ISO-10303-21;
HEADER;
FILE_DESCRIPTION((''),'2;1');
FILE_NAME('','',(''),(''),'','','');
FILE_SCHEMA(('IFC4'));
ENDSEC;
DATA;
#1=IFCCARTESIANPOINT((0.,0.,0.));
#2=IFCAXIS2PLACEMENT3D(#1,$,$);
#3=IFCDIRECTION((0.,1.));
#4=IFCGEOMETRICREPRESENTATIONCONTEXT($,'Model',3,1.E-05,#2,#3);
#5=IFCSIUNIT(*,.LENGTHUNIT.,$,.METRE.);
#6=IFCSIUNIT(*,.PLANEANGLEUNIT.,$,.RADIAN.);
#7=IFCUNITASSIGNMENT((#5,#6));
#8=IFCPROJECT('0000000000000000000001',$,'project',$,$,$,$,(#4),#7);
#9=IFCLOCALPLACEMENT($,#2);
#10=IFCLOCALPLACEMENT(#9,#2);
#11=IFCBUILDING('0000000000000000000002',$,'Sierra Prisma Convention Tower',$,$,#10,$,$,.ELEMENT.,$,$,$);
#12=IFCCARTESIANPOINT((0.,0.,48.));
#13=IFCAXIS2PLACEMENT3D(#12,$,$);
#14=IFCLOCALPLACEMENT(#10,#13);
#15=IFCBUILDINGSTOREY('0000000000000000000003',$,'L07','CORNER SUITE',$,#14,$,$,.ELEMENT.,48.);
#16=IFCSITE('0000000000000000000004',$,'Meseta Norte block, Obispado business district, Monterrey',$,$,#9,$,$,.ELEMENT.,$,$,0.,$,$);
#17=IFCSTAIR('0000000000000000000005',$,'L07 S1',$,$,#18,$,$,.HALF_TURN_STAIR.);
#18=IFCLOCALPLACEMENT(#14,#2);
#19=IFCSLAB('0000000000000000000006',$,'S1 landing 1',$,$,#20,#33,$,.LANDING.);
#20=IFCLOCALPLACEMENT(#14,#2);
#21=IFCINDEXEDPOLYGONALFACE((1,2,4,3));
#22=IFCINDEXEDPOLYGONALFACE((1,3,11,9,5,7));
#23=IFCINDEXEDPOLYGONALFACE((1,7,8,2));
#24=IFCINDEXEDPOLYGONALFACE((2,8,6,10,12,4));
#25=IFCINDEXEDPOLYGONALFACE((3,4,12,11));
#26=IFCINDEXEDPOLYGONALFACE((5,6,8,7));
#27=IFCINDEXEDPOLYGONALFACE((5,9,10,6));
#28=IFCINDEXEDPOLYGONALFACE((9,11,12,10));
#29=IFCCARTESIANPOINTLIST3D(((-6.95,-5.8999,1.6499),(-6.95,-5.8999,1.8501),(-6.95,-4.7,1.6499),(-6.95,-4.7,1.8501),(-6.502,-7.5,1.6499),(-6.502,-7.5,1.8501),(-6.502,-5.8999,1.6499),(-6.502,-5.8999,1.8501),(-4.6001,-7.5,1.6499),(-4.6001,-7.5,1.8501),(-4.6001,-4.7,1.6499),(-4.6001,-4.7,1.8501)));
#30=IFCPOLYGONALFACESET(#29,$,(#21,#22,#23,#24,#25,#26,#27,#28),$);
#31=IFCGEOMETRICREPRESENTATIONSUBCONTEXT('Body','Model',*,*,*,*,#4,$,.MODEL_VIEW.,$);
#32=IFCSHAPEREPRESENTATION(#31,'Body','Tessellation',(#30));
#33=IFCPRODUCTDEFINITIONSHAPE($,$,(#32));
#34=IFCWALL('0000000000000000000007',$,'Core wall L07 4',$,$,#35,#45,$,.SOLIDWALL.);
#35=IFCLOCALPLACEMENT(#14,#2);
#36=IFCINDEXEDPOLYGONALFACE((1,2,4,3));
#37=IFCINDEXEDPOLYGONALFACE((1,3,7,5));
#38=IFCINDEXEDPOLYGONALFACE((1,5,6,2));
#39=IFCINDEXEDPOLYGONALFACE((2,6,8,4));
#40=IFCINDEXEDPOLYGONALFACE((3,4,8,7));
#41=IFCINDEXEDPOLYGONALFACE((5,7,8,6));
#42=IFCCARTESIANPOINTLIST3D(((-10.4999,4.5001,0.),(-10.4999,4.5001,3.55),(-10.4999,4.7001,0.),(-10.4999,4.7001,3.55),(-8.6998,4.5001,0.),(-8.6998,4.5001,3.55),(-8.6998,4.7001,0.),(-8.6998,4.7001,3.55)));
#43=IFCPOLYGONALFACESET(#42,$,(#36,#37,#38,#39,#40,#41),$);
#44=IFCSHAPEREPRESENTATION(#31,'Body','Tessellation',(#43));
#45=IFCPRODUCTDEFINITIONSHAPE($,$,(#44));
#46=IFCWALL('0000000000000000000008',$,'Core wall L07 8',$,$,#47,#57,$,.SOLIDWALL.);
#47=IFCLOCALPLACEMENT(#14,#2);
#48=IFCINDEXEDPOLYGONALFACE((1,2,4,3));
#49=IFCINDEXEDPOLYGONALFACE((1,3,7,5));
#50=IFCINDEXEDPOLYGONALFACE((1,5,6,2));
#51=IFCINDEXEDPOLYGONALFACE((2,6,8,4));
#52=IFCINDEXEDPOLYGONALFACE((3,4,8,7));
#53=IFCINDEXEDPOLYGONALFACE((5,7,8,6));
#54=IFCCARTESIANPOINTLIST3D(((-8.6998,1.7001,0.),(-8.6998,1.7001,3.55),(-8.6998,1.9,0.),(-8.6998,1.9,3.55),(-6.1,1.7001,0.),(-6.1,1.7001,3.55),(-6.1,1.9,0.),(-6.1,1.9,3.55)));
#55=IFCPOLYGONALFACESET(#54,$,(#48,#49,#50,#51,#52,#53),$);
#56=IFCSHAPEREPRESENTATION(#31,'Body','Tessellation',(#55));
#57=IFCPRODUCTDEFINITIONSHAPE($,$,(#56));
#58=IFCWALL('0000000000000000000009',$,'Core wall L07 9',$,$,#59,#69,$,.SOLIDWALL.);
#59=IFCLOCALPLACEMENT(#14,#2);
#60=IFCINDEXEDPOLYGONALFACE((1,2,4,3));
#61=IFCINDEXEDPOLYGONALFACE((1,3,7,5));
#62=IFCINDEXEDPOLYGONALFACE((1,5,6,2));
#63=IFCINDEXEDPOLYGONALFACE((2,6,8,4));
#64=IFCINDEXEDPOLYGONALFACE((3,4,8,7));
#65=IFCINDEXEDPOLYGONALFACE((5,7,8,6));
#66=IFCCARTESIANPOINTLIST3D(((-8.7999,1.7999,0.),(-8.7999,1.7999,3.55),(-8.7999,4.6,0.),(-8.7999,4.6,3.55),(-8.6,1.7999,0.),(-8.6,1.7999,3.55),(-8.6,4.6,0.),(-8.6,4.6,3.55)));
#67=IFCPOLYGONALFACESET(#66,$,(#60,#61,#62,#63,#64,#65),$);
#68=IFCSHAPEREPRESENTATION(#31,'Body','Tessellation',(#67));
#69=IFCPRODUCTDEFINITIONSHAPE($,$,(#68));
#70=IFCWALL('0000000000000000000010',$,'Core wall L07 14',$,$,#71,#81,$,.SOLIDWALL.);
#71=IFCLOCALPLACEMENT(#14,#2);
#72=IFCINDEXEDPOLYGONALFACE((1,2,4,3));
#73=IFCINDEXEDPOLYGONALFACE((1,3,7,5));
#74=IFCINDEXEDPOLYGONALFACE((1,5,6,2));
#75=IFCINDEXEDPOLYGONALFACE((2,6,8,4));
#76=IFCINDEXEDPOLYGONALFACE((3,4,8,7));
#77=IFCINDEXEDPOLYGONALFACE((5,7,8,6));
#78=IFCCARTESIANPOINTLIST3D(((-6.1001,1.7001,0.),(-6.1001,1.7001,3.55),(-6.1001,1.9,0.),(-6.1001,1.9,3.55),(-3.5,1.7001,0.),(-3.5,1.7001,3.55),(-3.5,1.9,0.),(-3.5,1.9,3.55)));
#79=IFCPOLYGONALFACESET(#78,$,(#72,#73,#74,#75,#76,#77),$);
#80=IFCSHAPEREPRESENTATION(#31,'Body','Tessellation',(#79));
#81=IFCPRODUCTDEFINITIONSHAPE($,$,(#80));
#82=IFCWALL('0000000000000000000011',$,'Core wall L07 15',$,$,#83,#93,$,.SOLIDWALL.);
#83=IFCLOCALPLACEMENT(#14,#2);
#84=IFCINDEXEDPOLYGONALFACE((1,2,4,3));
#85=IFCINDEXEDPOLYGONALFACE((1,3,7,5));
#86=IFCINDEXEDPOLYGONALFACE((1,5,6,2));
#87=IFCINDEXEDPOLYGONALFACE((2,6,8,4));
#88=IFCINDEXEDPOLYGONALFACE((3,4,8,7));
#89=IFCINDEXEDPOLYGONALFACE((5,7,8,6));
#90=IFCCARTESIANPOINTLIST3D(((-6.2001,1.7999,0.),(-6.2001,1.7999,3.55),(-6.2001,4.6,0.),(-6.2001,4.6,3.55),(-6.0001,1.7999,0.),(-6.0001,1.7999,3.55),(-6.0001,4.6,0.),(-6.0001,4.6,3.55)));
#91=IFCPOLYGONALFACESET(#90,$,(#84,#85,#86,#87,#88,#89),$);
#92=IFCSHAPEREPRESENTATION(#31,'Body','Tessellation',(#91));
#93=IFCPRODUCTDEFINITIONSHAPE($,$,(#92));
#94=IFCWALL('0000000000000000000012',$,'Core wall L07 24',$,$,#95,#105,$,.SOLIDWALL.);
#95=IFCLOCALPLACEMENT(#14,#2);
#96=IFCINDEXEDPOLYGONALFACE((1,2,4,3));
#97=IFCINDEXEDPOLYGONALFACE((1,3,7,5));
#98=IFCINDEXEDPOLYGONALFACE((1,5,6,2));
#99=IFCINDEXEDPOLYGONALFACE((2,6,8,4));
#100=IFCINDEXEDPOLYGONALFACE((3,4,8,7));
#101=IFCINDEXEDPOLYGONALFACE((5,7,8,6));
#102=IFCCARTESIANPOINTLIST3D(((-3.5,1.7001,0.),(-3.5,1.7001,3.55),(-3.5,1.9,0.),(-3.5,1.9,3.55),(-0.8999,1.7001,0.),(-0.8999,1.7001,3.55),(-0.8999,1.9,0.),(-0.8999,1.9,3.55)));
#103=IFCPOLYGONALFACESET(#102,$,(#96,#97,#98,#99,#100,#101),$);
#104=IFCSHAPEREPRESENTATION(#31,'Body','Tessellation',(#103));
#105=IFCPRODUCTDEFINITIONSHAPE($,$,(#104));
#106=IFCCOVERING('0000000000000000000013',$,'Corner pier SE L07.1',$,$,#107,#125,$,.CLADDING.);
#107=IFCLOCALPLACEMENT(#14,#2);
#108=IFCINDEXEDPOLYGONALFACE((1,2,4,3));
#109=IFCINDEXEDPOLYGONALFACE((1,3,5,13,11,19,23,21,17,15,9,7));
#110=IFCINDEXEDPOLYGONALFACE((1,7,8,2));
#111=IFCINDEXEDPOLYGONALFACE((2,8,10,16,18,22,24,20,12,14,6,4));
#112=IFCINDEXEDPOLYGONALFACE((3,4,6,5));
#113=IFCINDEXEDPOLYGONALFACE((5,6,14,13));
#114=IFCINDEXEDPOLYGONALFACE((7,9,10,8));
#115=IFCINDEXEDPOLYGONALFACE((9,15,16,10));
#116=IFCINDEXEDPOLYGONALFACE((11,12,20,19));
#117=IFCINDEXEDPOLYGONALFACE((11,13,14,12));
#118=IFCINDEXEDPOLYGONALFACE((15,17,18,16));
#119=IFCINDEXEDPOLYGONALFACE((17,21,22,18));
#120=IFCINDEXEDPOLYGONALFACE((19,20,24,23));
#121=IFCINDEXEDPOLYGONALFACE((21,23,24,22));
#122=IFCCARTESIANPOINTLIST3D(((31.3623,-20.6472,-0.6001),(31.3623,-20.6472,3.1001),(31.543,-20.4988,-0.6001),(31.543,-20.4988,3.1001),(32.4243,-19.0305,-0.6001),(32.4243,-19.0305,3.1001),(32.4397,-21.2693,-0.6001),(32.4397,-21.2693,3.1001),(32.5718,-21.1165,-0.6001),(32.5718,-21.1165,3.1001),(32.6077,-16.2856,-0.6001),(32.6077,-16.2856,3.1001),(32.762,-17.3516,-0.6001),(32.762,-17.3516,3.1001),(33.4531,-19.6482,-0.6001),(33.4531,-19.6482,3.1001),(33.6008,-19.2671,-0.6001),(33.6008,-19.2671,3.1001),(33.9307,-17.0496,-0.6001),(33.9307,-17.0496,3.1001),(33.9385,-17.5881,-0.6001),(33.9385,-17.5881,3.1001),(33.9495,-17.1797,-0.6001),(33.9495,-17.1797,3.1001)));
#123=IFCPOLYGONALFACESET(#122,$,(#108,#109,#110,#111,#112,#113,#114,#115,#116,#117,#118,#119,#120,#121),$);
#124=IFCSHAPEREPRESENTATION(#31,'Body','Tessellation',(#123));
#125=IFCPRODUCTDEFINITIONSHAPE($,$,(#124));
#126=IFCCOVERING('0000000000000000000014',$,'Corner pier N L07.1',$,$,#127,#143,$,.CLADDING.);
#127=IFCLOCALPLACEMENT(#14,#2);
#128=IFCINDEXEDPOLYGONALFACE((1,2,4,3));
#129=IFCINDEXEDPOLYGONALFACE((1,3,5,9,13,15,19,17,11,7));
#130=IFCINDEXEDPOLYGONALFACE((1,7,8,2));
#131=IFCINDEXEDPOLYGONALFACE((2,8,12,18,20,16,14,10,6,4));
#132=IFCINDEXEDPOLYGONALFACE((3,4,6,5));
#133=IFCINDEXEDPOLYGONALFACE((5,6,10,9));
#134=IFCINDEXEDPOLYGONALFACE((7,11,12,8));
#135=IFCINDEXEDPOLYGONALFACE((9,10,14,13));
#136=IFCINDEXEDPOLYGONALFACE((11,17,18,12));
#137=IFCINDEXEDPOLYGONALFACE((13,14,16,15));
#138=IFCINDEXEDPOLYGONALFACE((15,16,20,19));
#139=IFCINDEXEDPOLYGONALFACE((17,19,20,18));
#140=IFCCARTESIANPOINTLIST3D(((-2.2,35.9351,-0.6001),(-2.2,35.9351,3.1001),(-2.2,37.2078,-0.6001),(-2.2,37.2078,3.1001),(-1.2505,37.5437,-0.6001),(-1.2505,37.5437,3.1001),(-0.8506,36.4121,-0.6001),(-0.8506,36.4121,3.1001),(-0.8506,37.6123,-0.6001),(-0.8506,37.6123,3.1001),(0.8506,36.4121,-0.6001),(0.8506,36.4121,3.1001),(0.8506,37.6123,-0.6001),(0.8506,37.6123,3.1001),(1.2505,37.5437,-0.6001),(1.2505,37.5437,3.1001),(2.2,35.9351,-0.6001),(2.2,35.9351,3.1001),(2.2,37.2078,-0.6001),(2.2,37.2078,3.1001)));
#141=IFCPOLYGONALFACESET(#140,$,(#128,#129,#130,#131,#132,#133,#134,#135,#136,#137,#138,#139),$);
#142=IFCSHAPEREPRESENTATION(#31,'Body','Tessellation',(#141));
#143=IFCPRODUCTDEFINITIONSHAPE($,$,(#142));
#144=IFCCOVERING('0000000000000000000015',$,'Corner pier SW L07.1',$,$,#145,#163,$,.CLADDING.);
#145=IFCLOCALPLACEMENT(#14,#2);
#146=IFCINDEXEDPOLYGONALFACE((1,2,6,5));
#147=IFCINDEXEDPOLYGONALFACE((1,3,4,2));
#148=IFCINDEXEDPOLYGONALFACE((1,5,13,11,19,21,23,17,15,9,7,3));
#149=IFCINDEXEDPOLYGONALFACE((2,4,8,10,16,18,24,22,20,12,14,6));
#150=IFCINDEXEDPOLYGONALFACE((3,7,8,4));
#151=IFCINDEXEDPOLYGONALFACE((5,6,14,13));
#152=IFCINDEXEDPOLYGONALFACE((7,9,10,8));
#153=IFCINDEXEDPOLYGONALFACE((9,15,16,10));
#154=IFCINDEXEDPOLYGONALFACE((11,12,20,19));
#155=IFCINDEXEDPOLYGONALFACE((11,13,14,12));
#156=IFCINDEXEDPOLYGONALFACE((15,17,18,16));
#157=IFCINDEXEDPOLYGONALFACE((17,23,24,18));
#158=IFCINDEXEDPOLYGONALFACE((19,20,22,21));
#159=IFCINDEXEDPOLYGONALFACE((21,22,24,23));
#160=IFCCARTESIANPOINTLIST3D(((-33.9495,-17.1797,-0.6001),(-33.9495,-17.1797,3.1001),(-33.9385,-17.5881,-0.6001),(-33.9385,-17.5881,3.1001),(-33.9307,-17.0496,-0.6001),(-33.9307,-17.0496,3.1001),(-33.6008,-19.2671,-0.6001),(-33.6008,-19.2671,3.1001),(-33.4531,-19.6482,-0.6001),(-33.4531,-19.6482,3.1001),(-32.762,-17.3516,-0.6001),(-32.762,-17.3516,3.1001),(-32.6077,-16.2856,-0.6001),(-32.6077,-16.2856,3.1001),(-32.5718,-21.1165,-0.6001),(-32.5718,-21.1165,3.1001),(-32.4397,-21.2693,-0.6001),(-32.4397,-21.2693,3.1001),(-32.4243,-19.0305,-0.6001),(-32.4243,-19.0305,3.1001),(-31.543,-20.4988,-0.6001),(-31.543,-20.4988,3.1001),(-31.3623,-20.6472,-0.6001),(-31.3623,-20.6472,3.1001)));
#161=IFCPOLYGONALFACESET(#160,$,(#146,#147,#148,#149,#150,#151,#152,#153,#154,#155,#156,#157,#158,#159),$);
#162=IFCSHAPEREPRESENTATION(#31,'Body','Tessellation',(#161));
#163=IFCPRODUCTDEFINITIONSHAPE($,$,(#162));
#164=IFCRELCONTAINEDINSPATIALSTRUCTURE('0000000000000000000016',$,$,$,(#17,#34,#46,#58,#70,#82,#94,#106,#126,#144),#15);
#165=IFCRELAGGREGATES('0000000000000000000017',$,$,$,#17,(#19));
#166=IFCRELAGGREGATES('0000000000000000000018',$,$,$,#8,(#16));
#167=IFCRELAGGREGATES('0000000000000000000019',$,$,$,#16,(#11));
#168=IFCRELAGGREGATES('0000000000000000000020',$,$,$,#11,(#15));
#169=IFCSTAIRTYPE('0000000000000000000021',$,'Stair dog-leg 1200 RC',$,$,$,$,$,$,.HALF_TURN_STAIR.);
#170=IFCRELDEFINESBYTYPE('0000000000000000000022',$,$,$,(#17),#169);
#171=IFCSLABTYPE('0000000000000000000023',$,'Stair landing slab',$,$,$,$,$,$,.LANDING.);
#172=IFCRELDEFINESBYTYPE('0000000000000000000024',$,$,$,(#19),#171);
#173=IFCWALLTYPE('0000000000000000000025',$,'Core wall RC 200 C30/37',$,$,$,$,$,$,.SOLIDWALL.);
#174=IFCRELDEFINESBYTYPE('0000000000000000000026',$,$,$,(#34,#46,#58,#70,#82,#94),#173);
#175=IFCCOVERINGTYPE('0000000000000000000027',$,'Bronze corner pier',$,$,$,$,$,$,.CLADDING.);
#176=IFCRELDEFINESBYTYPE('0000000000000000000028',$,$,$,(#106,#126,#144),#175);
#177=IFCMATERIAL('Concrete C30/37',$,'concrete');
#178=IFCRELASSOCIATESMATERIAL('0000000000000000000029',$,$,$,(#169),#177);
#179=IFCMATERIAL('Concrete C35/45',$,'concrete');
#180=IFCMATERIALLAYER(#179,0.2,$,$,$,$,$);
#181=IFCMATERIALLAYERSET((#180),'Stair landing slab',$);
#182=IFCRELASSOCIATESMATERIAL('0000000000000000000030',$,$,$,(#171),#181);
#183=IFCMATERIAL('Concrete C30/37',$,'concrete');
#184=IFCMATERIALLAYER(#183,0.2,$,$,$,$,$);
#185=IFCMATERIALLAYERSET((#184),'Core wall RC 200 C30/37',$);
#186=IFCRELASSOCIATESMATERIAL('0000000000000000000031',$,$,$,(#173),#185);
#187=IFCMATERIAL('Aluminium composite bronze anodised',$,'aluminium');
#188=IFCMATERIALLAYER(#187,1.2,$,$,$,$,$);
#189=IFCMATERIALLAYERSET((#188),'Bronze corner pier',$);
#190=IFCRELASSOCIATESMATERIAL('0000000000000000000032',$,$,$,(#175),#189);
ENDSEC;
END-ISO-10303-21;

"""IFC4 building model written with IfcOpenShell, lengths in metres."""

from ifc_helpers import new_model, si_unit, direction, frame, frame_2d, origin, place, context, subcontext, project, spatial, polyline, rectangle, outline, extrude, material, layer, layer_set, type_object, element, aggregate, save


model = new_model("IFC4")

# Units and contexts
model_context = context("Model", 3, precision=1e-05, world=origin(), true_north=direction((0.0, 1.0)))
body_context = subcontext(model_context, "Body", "Model", "MODEL_VIEW")
ifc_project = project(units=[si_unit("LENGTHUNIT", "METRE"), si_unit("PLANEANGLEUNIT", "RADIAN")], contexts=[model_context])

# Site, building, storey
site_placement = place(None, origin())
site = spatial("IfcSite", under=ifc_project, at=site_placement, Name="Meseta Norte block, Obispado business district, Monterrey", CompositionType="ELEMENT", RefElevation=0.0)
building_placement = place(site_placement, origin())
building = spatial("IfcBuilding", under=site, at=building_placement, Name="Sierra Prisma Convention Tower", CompositionType="ELEMENT")
storey_placement = place(building_placement, frame((0.0, 0.0, 48.0)))
storey = spatial("IfcBuildingStorey", under=building, at=storey_placement, Name="L07", Description="CORNER SUITE", CompositionType="ELEMENT", Elevation=48.0)

# Stair, slab
ifc_material_1 = material(Name="Concrete C30/37", Category="concrete")
stair_type = type_object("IfcStairType", Name="Stair dog-leg 1200 RC", PredefinedType="HALF_TURN_STAIR", material=ifc_material_1)
stair_placement = place(storey_placement, origin())
stair = element("IfcStair", 1, at=stair_placement, inside=storey, type_object=stair_type, Name="L07 S1", PredefinedType="HALF_TURN_STAIR")
ifc_material_2 = material(Name="Concrete C35/45", Category="concrete")
ifc_layer_1 = layer(ifc_material_2, 0.2)
ifc_layer_set_1 = layer_set([ifc_layer_1], Name="Stair landing slab")
slab_type_1 = type_object("IfcSlabType", Name="Stair landing slab", PredefinedType="LANDING", material=ifc_layer_set_1)
slab_1_placement = place(storey_placement, frame((0.0, 0.0, 1.6499)))
slab_1 = element("IfcSlab", 2, at=slab_1_placement, type_object=slab_type_1, Name="S1 landing 1", PredefinedType="LANDING", context=body_context, shape_type="SweptSolid", body=[
    extrude(outline(polyline([(-4.6001, -4.7), (-4.6001, -7.5), (-6.502, -7.5), (-6.502, -5.8999), (-6.95, -5.8999), (-6.95, -4.7), (-4.6001, -4.7)])), origin(), (0.0, 0.0, 1.0), 0.2002),
])
aggregate(stair, [slab_1])

# Shared definitions
ifc_material_3 = material(Name="Concrete C30/37", Category="concrete")
ifc_layer_2 = layer(ifc_material_3, 0.2)
ifc_layer_set_2 = layer_set([ifc_layer_2], Name="Core wall RC 200 C30/37")
wall_type = type_object("IfcWallType", Name="Core wall RC 200 C30/37", PredefinedType="SOLIDWALL", material=ifc_layer_set_2)

# Walls
wall_1_placement = place(storey_placement, frame((-8.7, 4.6001, 0.0), z_axis=(0.0, 0.0, 1.0), x_axis=(-1.0, 0.0, 0.0)))
element("IfcWall", 3, at=wall_1_placement, inside=storey, type_object=wall_type, Name="Core wall L07 4", PredefinedType="SOLIDWALL", context=body_context, shape_type="SweptSolid", body=[
    extrude(rectangle(XDim=1.8, YDim=0.2, at=frame_2d((0.8999, 0.0))), origin(), (0.0, 0.0, 1.0), 3.55),
])
wall_2_placement = place(storey_placement, frame((-6.1001, 1.8, 0.0), z_axis=(0.0, 0.0, 1.0), x_axis=(-1.0, 0.0, 0.0)))
element("IfcWall", 4, at=wall_2_placement, inside=storey, type_object=wall_type, Name="Core wall L07 8", PredefinedType="SOLIDWALL", context=body_context, shape_type="SweptSolid", body=[
    extrude(rectangle(XDim=2.5999, YDim=0.2, at=frame_2d((1.2998, 0.0))), origin(), (0.0, 0.0, 1.0), 3.55),
])
wall_3_placement = place(storey_placement, frame((-8.7, 1.8, 0.0), z_axis=(0.0, 0.0, 1.0), x_axis=(0.0, 1.0, 0.0)))
element("IfcWall", 5, at=wall_3_placement, inside=storey, type_object=wall_type, Name="Core wall L07 9", PredefinedType="SOLIDWALL", context=body_context, shape_type="SweptSolid", body=[
    extrude(rectangle(XDim=2.8, YDim=0.2, at=frame_2d((1.3999, 0.0))), origin(), (0.0, 0.0, 1.0), 3.55),
])

# Walls
wall_4_placement = place(storey_placement, frame((-3.5, 1.8, 0.0), z_axis=(0.0, 0.0, 1.0), x_axis=(-1.0, 0.0, 0.0)))
element("IfcWall", 6, at=wall_4_placement, inside=storey, type_object=wall_type, Name="Core wall L07 14", PredefinedType="SOLIDWALL", context=body_context, shape_type="SweptSolid", body=[
    extrude(rectangle(XDim=2.6001, YDim=0.2, at=frame_2d((1.3, 0.0))), origin(), (0.0, 0.0, 1.0), 3.55),
])
wall_5_placement = place(storey_placement, frame((-6.1001, 1.8, 0.0), z_axis=(0.0, 0.0, 1.0), x_axis=(0.0, 1.0, 0.0)))
element("IfcWall", 7, at=wall_5_placement, inside=storey, type_object=wall_type, Name="Core wall L07 15", PredefinedType="SOLIDWALL", context=body_context, shape_type="SweptSolid", body=[
    extrude(rectangle(XDim=2.8, YDim=0.2, at=frame_2d((1.3999, 0.0))), origin(), (0.0, 0.0, 1.0), 3.55),
])

# Wall
wall_6_placement = place(storey_placement, frame((-0.8999, 1.8, 0.0), z_axis=(0.0, 0.0, 1.0), x_axis=(-1.0, 0.0, 0.0)))
element("IfcWall", 8, at=wall_6_placement, inside=storey, type_object=wall_type, Name="Core wall L07 24", PredefinedType="SOLIDWALL", context=body_context, shape_type="SweptSolid", body=[
    extrude(rectangle(XDim=2.6001, YDim=0.2, at=frame_2d((1.3, 0.0))), origin(), (0.0, 0.0, 1.0), 3.55),
])

# Coverings
ifc_material_4 = material(Name="Aluminium composite bronze anodised", Category="aluminium")
ifc_layer_3 = layer(ifc_material_4, 1.2)
ifc_layer_set_3 = layer_set([ifc_layer_3], Name="Bronze corner pier")
covering_type_1 = type_object("IfcCoveringType", Name="Bronze corner pier", PredefinedType="CLADDING", material=ifc_layer_set_3)
covering_1_placement = place(storey_placement, frame((0.0, 0.0, -0.6001)))
element("IfcCovering", 9, at=covering_1_placement, inside=storey, type_object=covering_type_1, Name="Corner pier SE L07.1", PredefinedType="CLADDING", context=body_context, shape_type="SweptSolid", body=[
    extrude(outline(polyline([(33.9495, -17.1797), (33.9385, -17.5881), (33.6008, -19.2671), (33.4531, -19.6482), (32.5718, -21.1165), (32.4397, -21.2693), (31.3623, -20.6472), (31.543, -20.4988), (32.4243, -19.0305), (32.762, -17.3516), (32.6077, -16.2856), (33.9307, -17.0496), (33.9495, -17.1797)])), origin(), (0.0, 0.0, 1.0), 3.7002),
])
covering_2_placement = place(storey_placement, frame((0.0, 0.0, -0.6001)))
element("IfcCovering", 10, at=covering_2_placement, inside=storey, type_object=covering_type_1, Name="Corner pier N L07.1", PredefinedType="CLADDING", context=body_context, shape_type="SweptSolid", body=[
    extrude(outline(polyline([(-1.2505, 37.5437), (-0.8506, 37.6123), (0.8506, 37.6123), (1.2505, 37.5437), (2.2, 37.2078), (2.2, 35.9351), (0.8506, 36.4121), (-0.8506, 36.4121), (-2.2, 35.9351), (-2.2, 37.2078), (-1.2505, 37.5437)])), origin(), (0.0, 0.0, 1.0), 3.7002),
])
covering_3_placement = place(storey_placement, frame((0.0, 0.0, -0.6001)))
element("IfcCovering", 11, at=covering_3_placement, inside=storey, type_object=covering_type_1, Name="Corner pier SW L07.1", PredefinedType="CLADDING", context=body_context, shape_type="SweptSolid", body=[
    extrude(outline(polyline([(-32.5718, -21.1165), (-33.4531, -19.6482), (-33.6008, -19.2671), (-33.9385, -17.5881), (-33.9495, -17.1797), (-33.9307, -17.0496), (-32.6077, -16.2856), (-32.762, -17.3516), (-32.4243, -19.0305), (-31.543, -20.4988), (-31.3623, -20.6472), (-32.4397, -21.2693), (-32.5718, -21.1165)])), origin(), (0.0, 0.0, 1.0), 3.7002),
])

save(model, "model.ifc")
